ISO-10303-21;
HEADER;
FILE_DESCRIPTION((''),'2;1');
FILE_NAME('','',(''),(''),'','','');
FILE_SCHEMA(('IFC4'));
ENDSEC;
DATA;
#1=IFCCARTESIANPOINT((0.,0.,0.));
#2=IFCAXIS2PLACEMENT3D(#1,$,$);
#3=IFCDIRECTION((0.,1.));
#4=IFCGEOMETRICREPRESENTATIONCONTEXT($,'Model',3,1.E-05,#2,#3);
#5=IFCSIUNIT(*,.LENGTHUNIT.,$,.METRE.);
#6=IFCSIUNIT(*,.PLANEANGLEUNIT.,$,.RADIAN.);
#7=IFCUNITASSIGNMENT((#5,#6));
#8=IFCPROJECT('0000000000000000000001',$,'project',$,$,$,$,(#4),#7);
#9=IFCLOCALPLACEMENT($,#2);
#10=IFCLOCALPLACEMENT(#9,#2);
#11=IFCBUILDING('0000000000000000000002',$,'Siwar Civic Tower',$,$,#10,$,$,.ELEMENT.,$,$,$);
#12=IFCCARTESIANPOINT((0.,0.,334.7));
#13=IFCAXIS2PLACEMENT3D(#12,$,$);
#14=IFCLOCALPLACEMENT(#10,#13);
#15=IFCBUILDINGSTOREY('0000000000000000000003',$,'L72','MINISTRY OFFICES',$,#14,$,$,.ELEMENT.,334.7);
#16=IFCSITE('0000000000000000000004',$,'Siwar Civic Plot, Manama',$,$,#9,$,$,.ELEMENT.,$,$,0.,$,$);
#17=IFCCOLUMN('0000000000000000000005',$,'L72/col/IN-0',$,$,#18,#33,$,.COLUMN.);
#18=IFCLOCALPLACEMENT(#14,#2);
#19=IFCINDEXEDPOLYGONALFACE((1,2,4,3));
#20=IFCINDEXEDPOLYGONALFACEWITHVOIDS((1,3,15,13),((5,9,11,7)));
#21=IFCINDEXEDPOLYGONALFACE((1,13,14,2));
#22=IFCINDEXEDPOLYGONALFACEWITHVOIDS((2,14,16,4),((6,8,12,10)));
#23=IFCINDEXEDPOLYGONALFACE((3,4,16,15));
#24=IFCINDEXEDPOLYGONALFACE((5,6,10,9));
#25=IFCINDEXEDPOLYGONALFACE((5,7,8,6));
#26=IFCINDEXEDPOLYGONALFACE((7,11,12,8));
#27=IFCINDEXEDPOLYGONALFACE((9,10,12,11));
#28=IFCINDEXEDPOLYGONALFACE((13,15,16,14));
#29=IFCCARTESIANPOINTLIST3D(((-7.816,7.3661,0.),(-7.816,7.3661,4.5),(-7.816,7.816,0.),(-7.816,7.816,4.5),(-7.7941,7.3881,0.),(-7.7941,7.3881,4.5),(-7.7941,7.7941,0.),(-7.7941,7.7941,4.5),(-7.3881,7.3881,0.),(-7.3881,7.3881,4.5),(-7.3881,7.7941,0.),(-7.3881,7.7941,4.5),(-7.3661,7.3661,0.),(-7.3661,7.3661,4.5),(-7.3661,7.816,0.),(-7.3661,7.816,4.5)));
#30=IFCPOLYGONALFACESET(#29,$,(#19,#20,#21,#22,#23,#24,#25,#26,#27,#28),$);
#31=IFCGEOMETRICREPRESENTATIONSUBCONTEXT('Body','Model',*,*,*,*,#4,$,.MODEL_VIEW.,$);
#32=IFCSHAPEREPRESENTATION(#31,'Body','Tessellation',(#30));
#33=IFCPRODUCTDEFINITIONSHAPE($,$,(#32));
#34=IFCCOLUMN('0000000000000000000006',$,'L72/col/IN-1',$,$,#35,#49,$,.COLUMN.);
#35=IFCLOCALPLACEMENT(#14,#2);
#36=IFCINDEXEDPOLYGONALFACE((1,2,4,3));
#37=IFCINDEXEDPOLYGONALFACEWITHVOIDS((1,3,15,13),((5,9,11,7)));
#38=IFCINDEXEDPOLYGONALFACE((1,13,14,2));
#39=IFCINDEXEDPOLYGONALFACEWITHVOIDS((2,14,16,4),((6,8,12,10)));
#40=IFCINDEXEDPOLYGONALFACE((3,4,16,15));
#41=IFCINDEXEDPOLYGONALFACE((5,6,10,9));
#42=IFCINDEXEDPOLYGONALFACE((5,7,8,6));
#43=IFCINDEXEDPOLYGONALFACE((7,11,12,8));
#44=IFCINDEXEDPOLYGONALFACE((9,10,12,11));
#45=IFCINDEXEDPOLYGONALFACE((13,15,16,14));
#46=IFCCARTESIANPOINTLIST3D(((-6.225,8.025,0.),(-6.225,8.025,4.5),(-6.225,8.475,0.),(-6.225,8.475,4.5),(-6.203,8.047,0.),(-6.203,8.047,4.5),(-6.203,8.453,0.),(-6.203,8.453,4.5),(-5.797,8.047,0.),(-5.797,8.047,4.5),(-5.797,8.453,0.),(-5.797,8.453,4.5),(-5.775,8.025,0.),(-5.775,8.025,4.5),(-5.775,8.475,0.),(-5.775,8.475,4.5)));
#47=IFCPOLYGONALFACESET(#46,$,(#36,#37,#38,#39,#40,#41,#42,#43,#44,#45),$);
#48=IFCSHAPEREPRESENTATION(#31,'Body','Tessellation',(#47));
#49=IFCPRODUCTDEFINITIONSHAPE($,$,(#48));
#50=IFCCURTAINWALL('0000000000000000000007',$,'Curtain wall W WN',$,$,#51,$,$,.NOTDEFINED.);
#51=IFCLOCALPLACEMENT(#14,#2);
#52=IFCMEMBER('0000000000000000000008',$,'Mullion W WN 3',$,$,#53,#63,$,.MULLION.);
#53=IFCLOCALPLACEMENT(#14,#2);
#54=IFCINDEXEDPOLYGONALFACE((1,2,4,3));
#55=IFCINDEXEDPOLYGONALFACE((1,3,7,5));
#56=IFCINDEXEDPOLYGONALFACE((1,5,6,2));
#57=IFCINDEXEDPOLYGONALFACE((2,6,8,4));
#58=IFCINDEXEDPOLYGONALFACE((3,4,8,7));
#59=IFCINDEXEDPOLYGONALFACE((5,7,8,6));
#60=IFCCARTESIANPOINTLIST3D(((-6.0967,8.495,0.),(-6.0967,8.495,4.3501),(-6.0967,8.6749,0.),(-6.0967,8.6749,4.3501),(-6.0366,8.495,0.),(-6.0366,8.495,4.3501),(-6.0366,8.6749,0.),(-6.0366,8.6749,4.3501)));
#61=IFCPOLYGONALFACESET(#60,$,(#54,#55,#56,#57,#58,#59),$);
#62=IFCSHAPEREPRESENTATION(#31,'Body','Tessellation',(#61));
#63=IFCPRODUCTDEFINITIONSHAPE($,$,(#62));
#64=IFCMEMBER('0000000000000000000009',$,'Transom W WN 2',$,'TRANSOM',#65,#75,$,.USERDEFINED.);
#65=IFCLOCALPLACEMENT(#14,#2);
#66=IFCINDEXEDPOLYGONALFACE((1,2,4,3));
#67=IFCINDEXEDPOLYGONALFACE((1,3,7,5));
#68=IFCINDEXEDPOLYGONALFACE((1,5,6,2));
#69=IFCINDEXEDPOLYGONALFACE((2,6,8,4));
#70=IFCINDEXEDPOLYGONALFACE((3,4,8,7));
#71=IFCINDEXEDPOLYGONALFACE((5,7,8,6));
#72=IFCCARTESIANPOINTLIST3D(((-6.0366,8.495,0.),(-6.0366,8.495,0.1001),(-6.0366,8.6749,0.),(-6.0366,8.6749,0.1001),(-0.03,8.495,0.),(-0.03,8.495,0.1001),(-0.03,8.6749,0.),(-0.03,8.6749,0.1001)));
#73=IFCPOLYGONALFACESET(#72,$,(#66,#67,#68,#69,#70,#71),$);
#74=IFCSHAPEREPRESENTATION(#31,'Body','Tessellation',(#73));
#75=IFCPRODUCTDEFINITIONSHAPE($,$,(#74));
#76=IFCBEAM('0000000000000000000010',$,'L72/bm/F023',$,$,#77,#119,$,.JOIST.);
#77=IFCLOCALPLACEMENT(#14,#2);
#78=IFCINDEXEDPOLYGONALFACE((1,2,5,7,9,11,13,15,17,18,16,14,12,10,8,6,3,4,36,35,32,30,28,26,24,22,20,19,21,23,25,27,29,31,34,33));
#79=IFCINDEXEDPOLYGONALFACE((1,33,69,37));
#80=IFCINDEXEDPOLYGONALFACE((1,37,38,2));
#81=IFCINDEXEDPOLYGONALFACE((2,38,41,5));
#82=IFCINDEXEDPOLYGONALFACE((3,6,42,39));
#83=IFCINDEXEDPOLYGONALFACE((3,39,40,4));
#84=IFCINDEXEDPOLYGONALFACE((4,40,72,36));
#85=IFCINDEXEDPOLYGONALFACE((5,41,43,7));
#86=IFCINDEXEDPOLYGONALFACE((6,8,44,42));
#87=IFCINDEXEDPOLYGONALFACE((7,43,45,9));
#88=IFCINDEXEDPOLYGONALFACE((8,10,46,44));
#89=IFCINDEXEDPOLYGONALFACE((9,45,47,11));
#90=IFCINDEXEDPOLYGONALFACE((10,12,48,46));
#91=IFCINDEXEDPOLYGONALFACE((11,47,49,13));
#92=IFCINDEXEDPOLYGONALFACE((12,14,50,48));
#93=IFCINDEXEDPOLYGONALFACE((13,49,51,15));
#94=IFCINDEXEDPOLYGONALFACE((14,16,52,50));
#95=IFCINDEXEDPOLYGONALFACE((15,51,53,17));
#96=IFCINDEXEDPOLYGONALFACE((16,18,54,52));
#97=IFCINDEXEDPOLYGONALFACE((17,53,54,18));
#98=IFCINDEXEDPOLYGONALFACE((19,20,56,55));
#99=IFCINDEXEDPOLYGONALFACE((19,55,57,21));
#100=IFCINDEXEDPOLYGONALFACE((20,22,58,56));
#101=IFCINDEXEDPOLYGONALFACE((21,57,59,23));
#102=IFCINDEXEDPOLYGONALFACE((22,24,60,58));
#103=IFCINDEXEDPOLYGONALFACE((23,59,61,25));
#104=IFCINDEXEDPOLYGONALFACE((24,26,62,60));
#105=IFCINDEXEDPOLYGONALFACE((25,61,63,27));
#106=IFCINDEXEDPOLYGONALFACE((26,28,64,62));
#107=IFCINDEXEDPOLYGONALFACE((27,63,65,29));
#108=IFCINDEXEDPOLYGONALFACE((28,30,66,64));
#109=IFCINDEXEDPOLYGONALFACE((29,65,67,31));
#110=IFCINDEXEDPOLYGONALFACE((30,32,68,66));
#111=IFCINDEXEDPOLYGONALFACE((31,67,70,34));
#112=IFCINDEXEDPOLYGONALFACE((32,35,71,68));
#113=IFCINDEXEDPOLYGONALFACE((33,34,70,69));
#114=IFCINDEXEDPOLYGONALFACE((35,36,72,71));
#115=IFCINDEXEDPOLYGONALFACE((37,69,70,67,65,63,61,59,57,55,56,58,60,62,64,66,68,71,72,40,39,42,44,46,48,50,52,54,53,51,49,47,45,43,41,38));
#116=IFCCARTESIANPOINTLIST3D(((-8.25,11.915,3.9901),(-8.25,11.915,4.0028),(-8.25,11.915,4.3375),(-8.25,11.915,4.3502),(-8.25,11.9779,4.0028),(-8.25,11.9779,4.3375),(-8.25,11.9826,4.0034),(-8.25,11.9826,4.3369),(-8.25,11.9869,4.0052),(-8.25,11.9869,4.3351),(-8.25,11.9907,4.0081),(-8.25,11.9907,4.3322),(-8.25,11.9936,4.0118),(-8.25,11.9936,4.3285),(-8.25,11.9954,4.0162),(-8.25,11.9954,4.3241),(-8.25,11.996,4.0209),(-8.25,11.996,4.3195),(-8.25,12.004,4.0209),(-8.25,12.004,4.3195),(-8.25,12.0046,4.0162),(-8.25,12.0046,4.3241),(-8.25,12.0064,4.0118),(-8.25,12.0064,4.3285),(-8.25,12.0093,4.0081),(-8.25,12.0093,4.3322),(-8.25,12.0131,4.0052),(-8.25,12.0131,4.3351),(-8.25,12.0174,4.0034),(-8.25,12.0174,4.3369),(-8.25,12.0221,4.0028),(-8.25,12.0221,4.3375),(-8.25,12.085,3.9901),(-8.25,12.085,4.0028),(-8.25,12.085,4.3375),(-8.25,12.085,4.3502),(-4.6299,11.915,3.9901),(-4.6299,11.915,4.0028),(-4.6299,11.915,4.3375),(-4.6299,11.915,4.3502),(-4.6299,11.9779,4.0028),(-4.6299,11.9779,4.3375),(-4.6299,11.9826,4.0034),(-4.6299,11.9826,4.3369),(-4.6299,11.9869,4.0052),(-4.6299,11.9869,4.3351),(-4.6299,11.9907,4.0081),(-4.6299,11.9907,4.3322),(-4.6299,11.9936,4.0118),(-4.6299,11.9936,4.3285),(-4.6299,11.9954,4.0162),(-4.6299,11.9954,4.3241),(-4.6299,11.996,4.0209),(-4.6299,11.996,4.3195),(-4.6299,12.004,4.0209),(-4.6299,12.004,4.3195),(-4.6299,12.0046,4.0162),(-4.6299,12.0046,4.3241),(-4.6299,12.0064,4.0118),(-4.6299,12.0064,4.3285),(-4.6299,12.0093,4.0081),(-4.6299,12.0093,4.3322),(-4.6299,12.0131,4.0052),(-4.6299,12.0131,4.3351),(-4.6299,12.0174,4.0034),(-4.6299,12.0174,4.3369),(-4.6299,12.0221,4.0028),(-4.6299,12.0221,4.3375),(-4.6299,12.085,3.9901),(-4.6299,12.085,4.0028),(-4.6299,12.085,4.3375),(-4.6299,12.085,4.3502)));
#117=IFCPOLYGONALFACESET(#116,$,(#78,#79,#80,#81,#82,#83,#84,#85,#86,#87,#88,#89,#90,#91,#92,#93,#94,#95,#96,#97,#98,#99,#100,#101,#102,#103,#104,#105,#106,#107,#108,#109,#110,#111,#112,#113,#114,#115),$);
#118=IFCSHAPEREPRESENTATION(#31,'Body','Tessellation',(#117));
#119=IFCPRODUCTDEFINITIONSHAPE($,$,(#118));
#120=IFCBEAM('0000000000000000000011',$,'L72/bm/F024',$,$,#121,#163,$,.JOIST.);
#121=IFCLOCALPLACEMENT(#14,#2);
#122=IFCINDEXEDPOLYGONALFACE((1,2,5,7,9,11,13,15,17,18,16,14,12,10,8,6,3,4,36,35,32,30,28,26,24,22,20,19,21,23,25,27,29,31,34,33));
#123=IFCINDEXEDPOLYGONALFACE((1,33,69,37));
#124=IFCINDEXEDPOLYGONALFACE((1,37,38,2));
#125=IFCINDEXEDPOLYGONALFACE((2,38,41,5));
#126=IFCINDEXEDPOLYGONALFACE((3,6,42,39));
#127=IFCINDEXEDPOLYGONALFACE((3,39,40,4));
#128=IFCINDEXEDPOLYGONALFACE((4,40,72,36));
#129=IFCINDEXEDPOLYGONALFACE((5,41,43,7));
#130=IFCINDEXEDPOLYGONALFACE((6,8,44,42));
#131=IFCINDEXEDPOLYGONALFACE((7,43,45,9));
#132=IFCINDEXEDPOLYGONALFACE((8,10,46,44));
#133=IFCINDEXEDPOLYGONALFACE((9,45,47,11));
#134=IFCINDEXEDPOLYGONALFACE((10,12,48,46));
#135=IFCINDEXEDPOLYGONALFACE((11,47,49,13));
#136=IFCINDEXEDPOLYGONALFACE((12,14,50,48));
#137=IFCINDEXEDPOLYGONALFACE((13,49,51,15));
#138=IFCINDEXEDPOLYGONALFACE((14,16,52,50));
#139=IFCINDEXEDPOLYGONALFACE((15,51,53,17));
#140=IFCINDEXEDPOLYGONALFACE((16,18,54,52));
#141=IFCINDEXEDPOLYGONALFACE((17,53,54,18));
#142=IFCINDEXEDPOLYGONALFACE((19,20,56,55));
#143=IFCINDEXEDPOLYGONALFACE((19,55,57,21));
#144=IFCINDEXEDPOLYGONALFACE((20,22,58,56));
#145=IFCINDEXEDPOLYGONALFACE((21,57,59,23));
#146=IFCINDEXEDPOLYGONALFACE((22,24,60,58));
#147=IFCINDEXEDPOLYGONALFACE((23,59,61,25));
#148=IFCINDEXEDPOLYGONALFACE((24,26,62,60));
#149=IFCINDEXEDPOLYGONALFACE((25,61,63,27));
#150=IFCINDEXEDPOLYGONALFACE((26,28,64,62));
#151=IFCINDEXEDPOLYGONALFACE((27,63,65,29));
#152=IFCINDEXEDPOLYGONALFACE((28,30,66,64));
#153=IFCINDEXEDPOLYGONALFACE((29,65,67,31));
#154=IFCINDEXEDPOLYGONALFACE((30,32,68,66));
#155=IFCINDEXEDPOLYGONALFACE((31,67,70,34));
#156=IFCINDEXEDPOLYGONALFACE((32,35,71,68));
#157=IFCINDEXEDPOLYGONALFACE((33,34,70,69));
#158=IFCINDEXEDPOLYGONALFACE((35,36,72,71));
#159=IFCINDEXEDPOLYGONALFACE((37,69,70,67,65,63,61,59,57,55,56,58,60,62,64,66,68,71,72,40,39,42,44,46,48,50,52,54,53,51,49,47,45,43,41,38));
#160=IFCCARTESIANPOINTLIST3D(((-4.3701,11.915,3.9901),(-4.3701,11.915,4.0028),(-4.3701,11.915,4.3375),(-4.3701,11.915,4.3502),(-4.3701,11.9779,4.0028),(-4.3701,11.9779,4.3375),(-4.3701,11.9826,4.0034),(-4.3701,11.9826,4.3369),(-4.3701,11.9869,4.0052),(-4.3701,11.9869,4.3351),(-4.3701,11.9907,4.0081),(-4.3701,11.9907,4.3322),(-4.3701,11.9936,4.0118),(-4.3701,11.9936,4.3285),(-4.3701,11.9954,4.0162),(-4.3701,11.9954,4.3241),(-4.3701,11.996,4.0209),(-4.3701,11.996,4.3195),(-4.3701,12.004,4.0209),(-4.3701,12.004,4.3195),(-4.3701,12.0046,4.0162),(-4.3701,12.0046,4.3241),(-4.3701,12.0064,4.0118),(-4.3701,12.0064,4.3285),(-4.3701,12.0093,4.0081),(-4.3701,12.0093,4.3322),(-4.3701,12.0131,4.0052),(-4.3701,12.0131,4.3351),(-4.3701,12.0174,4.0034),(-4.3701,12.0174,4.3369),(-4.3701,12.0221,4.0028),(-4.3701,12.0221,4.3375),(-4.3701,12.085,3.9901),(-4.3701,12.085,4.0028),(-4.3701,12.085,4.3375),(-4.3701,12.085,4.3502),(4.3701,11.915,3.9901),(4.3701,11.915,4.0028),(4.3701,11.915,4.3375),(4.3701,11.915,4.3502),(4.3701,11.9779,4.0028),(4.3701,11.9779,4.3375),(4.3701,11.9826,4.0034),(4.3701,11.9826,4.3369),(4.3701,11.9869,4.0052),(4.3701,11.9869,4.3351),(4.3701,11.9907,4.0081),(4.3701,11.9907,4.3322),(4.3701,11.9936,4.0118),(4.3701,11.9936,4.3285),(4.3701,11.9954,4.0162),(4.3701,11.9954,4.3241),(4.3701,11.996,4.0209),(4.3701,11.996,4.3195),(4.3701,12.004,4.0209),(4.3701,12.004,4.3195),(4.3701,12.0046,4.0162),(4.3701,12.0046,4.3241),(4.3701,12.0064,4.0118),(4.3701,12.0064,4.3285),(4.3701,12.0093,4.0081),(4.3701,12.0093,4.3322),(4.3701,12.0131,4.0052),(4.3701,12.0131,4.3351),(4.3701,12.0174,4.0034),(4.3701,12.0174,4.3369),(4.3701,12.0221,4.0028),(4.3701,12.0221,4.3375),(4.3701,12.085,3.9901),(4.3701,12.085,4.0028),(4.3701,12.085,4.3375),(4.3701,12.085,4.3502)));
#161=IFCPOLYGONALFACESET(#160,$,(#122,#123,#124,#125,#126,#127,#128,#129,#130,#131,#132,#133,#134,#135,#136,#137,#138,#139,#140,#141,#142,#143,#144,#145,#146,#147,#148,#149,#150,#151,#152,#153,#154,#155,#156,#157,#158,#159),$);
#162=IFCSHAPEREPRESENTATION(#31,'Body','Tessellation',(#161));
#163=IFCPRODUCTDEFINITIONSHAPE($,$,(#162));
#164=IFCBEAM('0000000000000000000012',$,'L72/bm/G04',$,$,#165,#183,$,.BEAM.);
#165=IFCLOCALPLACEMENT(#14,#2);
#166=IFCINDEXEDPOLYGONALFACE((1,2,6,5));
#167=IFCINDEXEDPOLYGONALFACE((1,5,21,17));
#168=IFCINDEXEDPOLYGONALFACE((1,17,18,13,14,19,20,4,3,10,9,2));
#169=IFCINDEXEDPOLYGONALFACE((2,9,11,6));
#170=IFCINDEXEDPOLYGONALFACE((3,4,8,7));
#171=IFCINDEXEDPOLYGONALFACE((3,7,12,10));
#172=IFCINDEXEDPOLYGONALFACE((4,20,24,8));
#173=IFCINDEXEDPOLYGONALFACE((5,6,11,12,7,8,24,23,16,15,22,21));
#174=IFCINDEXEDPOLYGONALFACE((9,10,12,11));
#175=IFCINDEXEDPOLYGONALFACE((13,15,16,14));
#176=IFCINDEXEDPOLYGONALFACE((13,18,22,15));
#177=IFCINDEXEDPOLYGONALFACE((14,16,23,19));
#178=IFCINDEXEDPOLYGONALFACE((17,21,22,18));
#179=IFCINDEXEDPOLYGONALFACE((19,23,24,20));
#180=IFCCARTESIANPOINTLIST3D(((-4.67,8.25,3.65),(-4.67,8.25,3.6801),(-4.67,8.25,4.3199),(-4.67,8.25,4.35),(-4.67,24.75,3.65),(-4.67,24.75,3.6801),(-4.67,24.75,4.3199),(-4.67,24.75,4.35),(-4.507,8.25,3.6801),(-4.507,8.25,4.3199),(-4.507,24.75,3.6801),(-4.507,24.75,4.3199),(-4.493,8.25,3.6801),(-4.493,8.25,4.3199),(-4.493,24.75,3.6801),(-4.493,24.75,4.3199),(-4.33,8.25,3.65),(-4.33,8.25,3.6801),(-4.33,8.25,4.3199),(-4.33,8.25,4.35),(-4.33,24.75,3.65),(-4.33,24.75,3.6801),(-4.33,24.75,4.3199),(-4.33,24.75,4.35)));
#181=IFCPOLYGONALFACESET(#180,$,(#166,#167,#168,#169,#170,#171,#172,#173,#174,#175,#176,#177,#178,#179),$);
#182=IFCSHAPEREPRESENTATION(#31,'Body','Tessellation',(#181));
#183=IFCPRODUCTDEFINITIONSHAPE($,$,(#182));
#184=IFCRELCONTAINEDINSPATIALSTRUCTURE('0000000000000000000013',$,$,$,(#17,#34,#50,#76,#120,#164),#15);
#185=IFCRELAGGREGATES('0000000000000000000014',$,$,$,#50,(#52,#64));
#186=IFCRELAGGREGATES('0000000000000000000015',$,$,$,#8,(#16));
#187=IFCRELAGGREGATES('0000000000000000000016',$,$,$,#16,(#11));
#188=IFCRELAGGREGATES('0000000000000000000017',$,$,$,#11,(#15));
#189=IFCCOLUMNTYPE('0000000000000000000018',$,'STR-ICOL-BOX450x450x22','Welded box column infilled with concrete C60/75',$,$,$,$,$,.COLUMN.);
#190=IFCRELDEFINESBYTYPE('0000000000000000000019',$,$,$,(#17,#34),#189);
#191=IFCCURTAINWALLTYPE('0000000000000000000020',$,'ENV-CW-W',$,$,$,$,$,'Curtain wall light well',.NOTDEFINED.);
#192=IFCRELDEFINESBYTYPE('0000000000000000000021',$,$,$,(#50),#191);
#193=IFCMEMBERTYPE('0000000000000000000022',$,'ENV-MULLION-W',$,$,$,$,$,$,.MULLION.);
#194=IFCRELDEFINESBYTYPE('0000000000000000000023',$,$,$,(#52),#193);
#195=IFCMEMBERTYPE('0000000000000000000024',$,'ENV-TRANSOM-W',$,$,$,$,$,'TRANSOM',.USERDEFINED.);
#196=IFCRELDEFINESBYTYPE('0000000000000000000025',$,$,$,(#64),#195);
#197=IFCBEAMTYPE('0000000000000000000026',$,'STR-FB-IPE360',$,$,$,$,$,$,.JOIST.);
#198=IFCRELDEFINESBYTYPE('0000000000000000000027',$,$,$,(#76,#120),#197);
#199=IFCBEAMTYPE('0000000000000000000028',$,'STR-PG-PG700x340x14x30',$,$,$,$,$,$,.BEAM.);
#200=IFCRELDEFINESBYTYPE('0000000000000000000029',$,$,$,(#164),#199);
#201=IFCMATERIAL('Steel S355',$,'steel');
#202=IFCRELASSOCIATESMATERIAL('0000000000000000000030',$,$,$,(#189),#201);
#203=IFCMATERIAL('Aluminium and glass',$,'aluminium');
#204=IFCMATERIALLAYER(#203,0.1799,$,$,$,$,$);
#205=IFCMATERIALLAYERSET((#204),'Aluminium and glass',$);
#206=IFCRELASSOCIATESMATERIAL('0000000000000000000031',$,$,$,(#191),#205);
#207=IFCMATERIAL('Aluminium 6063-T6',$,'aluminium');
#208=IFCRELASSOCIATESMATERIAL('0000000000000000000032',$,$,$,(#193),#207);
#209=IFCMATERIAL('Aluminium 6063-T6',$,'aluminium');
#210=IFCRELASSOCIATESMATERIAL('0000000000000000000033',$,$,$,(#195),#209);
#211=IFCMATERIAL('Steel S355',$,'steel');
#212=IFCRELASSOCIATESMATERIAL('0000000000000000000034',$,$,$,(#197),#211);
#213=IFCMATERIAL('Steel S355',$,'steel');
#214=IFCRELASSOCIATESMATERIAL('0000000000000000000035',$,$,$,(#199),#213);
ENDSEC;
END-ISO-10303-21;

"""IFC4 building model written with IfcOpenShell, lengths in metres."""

from ifc_helpers import new_model, si_unit, direction, frame, origin, origin_2d, place, context, subcontext, project, spatial, rectangle, hollow_rectangle, i_section, extrude, material, layer, layer_set, material_profile, profile_set, type_object, element, aggregate, save


model = new_model("IFC4")

# Units and contexts
model_context = context("Model", 3, precision=1e-05, world=origin(), true_north=direction((0.0, 1.0)))
body_context = subcontext(model_context, "Body", "Model", "MODEL_VIEW")
ifc_project = project(units=[si_unit("LENGTHUNIT", "METRE"), si_unit("PLANEANGLEUNIT", "RADIAN")], contexts=[model_context])

# Site, building, storey
site_placement = place(None, origin())
site = spatial("IfcSite", under=ifc_project, at=site_placement, Name="Siwar Civic Plot, Manama", CompositionType="ELEMENT", RefElevation=0.0)
building_placement = place(site_placement, origin())
building = spatial("IfcBuilding", under=site, at=building_placement, Name="Siwar Civic Tower", CompositionType="ELEMENT")
storey_placement = place(building_placement, frame((0.0, 0.0, 334.7)))
storey = spatial("IfcBuildingStorey", under=building, at=storey_placement, Name="L72", Description="MINISTRY OFFICES", CompositionType="ELEMENT", Elevation=334.7)

# Columns
ifc_material_1 = material(Name="Steel S355", Category="steel")
ifc_material_profile_1 = material_profile(ifc_material_1, hollow_rectangle(XDim=0.45, YDim=0.45, WallThickness=0.022, at=origin_2d()), Name="BOX450x450x22")
ifc_profile_set_1 = profile_set([ifc_material_profile_1], Name="Steel S355")
column_type = type_object("IfcColumnType", Name="STR-ICOL-BOX450x450x22", Description="Welded box column infilled with concrete C60/75", PredefinedType="COLUMN", material=ifc_profile_set_1)
for number, where, z_axis, x_axis, name in (
    (1, (-7.5911, 7.5911, 0.0), (0.0, 0.0, 1.0), (1.0, 0.0, 0.0), "L72/col/IN-0"),
    (2, (-6.0, 8.25, 0.0), (0.0, 0.0, 1.0), (1.0, 0.0, 0.0), "L72/col/IN-1"),
):
    element("IfcColumn", number, at=place(storey_placement, frame(where, z_axis=z_axis, x_axis=x_axis)), inside=storey, type_object=column_type, Name=name, PredefinedType="COLUMN", context=body_context, shape_type="SweptSolid", body=[
        extrude(hollow_rectangle(XDim=0.45, YDim=0.45, WallThickness=0.022, at=origin_2d()), origin(), (0.0, 0.0, 1.0), 4.5),
    ])

# Curtain wall, members
ifc_material_2 = material(Name="Aluminium and glass", Category="aluminium")
ifc_layer_1 = layer(ifc_material_2, 0.1799)
ifc_layer_set_1 = layer_set([ifc_layer_1], Name="Aluminium and glass")
curtain_wall_type = type_object("IfcCurtainWallType", Name="ENV-CW-W", ElementType="Curtain wall light well", PredefinedType="NOTDEFINED", material=ifc_layer_set_1)
curtain_wall_placement = place(storey_placement, origin())
curtain_wall = element("IfcCurtainWall", 3, at=curtain_wall_placement, inside=storey, type_object=curtain_wall_type, Name="Curtain wall W WN", PredefinedType="NOTDEFINED")
ifc_material_3 = material(Name="Aluminium 6063-T6", Category="aluminium")
ifc_material_profile_2 = material_profile(ifc_material_3, rectangle(XDim=0.1799, YDim=0.0601, at=origin_2d()), Name="AL 180x60")
ifc_profile_set_2 = profile_set([ifc_material_profile_2], Name="Aluminium 6063-T6")
member_type_1 = type_object("IfcMemberType", Name="ENV-MULLION-W", PredefinedType="MULLION", material=ifc_profile_set_2)
member_1_placement = place(storey_placement, frame((-6.0667, 8.585, 0.0), z_axis=(0.0, 0.0, 1.0), x_axis=(0.0, -1.0, 0.0)))
member_1 = element("IfcMember", 4, at=member_1_placement, type_object=member_type_1, Name="Mullion W WN 3", PredefinedType="MULLION", context=body_context, shape_type="SweptSolid", body=[
    extrude(rectangle(XDim=0.1799, YDim=0.0601, at=origin_2d()), origin(), (0.0, 0.0, 1.0), 4.3501),
])
ifc_material_4 = material(Name="Aluminium 6063-T6", Category="aluminium")
ifc_material_profile_3 = material_profile(ifc_material_4, rectangle(XDim=0.1799, YDim=0.1001, at=origin_2d()), Name="AL 180x100")
ifc_profile_set_3 = profile_set([ifc_material_profile_3], Name="Aluminium 6063-T6")
member_type_2 = type_object("IfcMemberType", Name="ENV-TRANSOM-W", ElementType="TRANSOM", PredefinedType="USERDEFINED", material=ifc_profile_set_3)
member_2_placement = place(storey_placement, frame((-0.03, 8.585, 0.05), z_axis=(-1.0, 0.0, 0.0), x_axis=(0.0, -1.0, 0.0)))
member_2 = element("IfcMember", 5, at=member_2_placement, type_object=member_type_2, Name="Transom W WN 2", ObjectType="TRANSOM", PredefinedType="USERDEFINED", context=body_context, shape_type="SweptSolid", body=[
    extrude(rectangle(XDim=0.1799, YDim=0.1001, at=origin_2d()), origin(), (0.0, 0.0, 1.0), 6.0066),
])

# Beams
ifc_material_5 = material(Name="Steel S355", Category="steel")
ifc_material_profile_4 = material_profile(ifc_material_5, i_section(OverallWidth=0.1699, OverallDepth=0.3601, WebThickness=0.0081, FlangeThickness=0.0127, FilletRadius=0.0181, at=origin_2d()), Name="IPE360")
ifc_profile_set_4 = profile_set([ifc_material_profile_4], Name="Steel S355")
beam_type_1 = type_object("IfcBeamType", Name="STR-FB-IPE360", PredefinedType="JOIST", material=ifc_profile_set_4)
beam_1_placement = place(storey_placement, frame((-8.25, 12.0, 4.1702), z_axis=(1.0, 0.0, 0.0), x_axis=(0.0, 1.0, 0.0)))
element("IfcBeam", 6, at=beam_1_placement, inside=storey, type_object=beam_type_1, Name="L72/bm/F023", PredefinedType="JOIST", context=body_context, shape_type="SweptSolid", body=[
    extrude(i_section(OverallWidth=0.1699, OverallDepth=0.3601, WebThickness=0.0081, FlangeThickness=0.0127, FilletRadius=0.0181, at=origin_2d()), origin(), (0.0, 0.0, 1.0), 3.6201),
])
beam_2_placement = place(storey_placement, frame((-4.3701, 12.0, 4.1702), z_axis=(1.0, 0.0, 0.0), x_axis=(0.0, 1.0, 0.0)))
element("IfcBeam", 7, at=beam_2_placement, inside=storey, type_object=beam_type_1, Name="L72/bm/F024", PredefinedType="JOIST", context=body_context, shape_type="SweptSolid", body=[
    extrude(i_section(OverallWidth=0.1699, OverallDepth=0.3601, WebThickness=0.0081, FlangeThickness=0.0127, FilletRadius=0.0181, at=origin_2d()), origin(), (0.0, 0.0, 1.0), 8.7402),
])
ifc_material_6 = material(Name="Steel S355", Category="steel")
ifc_material_profile_5 = material_profile(ifc_material_6, i_section(OverallWidth=0.3401, OverallDepth=0.7, WebThickness=0.0139, FlangeThickness=0.03, at=origin_2d()), Name="PG700x340x14x30")
ifc_profile_set_5 = profile_set([ifc_material_profile_5], Name="Steel S355")
beam_type_2 = type_object("IfcBeamType", Name="STR-PG-PG700x340x14x30", PredefinedType="BEAM", material=ifc_profile_set_5)
beam_3_placement = place(storey_placement, frame((-4.5, 8.25, 4.0), z_axis=(0.0, 1.0, 0.0), x_axis=(-1.0, 0.0, 0.0)))
element("IfcBeam", 8, at=beam_3_placement, inside=storey, type_object=beam_type_2, Name="L72/bm/G04", PredefinedType="BEAM", context=body_context, shape_type="SweptSolid", body=[
    extrude(i_section(OverallWidth=0.3401, OverallDepth=0.7, WebThickness=0.0139, FlangeThickness=0.03, at=origin_2d()), origin(), (0.0, 0.0, 1.0), 16.5),
])

aggregate(curtain_wall, [member_1, member_2])

save(model, "model.ifc")
